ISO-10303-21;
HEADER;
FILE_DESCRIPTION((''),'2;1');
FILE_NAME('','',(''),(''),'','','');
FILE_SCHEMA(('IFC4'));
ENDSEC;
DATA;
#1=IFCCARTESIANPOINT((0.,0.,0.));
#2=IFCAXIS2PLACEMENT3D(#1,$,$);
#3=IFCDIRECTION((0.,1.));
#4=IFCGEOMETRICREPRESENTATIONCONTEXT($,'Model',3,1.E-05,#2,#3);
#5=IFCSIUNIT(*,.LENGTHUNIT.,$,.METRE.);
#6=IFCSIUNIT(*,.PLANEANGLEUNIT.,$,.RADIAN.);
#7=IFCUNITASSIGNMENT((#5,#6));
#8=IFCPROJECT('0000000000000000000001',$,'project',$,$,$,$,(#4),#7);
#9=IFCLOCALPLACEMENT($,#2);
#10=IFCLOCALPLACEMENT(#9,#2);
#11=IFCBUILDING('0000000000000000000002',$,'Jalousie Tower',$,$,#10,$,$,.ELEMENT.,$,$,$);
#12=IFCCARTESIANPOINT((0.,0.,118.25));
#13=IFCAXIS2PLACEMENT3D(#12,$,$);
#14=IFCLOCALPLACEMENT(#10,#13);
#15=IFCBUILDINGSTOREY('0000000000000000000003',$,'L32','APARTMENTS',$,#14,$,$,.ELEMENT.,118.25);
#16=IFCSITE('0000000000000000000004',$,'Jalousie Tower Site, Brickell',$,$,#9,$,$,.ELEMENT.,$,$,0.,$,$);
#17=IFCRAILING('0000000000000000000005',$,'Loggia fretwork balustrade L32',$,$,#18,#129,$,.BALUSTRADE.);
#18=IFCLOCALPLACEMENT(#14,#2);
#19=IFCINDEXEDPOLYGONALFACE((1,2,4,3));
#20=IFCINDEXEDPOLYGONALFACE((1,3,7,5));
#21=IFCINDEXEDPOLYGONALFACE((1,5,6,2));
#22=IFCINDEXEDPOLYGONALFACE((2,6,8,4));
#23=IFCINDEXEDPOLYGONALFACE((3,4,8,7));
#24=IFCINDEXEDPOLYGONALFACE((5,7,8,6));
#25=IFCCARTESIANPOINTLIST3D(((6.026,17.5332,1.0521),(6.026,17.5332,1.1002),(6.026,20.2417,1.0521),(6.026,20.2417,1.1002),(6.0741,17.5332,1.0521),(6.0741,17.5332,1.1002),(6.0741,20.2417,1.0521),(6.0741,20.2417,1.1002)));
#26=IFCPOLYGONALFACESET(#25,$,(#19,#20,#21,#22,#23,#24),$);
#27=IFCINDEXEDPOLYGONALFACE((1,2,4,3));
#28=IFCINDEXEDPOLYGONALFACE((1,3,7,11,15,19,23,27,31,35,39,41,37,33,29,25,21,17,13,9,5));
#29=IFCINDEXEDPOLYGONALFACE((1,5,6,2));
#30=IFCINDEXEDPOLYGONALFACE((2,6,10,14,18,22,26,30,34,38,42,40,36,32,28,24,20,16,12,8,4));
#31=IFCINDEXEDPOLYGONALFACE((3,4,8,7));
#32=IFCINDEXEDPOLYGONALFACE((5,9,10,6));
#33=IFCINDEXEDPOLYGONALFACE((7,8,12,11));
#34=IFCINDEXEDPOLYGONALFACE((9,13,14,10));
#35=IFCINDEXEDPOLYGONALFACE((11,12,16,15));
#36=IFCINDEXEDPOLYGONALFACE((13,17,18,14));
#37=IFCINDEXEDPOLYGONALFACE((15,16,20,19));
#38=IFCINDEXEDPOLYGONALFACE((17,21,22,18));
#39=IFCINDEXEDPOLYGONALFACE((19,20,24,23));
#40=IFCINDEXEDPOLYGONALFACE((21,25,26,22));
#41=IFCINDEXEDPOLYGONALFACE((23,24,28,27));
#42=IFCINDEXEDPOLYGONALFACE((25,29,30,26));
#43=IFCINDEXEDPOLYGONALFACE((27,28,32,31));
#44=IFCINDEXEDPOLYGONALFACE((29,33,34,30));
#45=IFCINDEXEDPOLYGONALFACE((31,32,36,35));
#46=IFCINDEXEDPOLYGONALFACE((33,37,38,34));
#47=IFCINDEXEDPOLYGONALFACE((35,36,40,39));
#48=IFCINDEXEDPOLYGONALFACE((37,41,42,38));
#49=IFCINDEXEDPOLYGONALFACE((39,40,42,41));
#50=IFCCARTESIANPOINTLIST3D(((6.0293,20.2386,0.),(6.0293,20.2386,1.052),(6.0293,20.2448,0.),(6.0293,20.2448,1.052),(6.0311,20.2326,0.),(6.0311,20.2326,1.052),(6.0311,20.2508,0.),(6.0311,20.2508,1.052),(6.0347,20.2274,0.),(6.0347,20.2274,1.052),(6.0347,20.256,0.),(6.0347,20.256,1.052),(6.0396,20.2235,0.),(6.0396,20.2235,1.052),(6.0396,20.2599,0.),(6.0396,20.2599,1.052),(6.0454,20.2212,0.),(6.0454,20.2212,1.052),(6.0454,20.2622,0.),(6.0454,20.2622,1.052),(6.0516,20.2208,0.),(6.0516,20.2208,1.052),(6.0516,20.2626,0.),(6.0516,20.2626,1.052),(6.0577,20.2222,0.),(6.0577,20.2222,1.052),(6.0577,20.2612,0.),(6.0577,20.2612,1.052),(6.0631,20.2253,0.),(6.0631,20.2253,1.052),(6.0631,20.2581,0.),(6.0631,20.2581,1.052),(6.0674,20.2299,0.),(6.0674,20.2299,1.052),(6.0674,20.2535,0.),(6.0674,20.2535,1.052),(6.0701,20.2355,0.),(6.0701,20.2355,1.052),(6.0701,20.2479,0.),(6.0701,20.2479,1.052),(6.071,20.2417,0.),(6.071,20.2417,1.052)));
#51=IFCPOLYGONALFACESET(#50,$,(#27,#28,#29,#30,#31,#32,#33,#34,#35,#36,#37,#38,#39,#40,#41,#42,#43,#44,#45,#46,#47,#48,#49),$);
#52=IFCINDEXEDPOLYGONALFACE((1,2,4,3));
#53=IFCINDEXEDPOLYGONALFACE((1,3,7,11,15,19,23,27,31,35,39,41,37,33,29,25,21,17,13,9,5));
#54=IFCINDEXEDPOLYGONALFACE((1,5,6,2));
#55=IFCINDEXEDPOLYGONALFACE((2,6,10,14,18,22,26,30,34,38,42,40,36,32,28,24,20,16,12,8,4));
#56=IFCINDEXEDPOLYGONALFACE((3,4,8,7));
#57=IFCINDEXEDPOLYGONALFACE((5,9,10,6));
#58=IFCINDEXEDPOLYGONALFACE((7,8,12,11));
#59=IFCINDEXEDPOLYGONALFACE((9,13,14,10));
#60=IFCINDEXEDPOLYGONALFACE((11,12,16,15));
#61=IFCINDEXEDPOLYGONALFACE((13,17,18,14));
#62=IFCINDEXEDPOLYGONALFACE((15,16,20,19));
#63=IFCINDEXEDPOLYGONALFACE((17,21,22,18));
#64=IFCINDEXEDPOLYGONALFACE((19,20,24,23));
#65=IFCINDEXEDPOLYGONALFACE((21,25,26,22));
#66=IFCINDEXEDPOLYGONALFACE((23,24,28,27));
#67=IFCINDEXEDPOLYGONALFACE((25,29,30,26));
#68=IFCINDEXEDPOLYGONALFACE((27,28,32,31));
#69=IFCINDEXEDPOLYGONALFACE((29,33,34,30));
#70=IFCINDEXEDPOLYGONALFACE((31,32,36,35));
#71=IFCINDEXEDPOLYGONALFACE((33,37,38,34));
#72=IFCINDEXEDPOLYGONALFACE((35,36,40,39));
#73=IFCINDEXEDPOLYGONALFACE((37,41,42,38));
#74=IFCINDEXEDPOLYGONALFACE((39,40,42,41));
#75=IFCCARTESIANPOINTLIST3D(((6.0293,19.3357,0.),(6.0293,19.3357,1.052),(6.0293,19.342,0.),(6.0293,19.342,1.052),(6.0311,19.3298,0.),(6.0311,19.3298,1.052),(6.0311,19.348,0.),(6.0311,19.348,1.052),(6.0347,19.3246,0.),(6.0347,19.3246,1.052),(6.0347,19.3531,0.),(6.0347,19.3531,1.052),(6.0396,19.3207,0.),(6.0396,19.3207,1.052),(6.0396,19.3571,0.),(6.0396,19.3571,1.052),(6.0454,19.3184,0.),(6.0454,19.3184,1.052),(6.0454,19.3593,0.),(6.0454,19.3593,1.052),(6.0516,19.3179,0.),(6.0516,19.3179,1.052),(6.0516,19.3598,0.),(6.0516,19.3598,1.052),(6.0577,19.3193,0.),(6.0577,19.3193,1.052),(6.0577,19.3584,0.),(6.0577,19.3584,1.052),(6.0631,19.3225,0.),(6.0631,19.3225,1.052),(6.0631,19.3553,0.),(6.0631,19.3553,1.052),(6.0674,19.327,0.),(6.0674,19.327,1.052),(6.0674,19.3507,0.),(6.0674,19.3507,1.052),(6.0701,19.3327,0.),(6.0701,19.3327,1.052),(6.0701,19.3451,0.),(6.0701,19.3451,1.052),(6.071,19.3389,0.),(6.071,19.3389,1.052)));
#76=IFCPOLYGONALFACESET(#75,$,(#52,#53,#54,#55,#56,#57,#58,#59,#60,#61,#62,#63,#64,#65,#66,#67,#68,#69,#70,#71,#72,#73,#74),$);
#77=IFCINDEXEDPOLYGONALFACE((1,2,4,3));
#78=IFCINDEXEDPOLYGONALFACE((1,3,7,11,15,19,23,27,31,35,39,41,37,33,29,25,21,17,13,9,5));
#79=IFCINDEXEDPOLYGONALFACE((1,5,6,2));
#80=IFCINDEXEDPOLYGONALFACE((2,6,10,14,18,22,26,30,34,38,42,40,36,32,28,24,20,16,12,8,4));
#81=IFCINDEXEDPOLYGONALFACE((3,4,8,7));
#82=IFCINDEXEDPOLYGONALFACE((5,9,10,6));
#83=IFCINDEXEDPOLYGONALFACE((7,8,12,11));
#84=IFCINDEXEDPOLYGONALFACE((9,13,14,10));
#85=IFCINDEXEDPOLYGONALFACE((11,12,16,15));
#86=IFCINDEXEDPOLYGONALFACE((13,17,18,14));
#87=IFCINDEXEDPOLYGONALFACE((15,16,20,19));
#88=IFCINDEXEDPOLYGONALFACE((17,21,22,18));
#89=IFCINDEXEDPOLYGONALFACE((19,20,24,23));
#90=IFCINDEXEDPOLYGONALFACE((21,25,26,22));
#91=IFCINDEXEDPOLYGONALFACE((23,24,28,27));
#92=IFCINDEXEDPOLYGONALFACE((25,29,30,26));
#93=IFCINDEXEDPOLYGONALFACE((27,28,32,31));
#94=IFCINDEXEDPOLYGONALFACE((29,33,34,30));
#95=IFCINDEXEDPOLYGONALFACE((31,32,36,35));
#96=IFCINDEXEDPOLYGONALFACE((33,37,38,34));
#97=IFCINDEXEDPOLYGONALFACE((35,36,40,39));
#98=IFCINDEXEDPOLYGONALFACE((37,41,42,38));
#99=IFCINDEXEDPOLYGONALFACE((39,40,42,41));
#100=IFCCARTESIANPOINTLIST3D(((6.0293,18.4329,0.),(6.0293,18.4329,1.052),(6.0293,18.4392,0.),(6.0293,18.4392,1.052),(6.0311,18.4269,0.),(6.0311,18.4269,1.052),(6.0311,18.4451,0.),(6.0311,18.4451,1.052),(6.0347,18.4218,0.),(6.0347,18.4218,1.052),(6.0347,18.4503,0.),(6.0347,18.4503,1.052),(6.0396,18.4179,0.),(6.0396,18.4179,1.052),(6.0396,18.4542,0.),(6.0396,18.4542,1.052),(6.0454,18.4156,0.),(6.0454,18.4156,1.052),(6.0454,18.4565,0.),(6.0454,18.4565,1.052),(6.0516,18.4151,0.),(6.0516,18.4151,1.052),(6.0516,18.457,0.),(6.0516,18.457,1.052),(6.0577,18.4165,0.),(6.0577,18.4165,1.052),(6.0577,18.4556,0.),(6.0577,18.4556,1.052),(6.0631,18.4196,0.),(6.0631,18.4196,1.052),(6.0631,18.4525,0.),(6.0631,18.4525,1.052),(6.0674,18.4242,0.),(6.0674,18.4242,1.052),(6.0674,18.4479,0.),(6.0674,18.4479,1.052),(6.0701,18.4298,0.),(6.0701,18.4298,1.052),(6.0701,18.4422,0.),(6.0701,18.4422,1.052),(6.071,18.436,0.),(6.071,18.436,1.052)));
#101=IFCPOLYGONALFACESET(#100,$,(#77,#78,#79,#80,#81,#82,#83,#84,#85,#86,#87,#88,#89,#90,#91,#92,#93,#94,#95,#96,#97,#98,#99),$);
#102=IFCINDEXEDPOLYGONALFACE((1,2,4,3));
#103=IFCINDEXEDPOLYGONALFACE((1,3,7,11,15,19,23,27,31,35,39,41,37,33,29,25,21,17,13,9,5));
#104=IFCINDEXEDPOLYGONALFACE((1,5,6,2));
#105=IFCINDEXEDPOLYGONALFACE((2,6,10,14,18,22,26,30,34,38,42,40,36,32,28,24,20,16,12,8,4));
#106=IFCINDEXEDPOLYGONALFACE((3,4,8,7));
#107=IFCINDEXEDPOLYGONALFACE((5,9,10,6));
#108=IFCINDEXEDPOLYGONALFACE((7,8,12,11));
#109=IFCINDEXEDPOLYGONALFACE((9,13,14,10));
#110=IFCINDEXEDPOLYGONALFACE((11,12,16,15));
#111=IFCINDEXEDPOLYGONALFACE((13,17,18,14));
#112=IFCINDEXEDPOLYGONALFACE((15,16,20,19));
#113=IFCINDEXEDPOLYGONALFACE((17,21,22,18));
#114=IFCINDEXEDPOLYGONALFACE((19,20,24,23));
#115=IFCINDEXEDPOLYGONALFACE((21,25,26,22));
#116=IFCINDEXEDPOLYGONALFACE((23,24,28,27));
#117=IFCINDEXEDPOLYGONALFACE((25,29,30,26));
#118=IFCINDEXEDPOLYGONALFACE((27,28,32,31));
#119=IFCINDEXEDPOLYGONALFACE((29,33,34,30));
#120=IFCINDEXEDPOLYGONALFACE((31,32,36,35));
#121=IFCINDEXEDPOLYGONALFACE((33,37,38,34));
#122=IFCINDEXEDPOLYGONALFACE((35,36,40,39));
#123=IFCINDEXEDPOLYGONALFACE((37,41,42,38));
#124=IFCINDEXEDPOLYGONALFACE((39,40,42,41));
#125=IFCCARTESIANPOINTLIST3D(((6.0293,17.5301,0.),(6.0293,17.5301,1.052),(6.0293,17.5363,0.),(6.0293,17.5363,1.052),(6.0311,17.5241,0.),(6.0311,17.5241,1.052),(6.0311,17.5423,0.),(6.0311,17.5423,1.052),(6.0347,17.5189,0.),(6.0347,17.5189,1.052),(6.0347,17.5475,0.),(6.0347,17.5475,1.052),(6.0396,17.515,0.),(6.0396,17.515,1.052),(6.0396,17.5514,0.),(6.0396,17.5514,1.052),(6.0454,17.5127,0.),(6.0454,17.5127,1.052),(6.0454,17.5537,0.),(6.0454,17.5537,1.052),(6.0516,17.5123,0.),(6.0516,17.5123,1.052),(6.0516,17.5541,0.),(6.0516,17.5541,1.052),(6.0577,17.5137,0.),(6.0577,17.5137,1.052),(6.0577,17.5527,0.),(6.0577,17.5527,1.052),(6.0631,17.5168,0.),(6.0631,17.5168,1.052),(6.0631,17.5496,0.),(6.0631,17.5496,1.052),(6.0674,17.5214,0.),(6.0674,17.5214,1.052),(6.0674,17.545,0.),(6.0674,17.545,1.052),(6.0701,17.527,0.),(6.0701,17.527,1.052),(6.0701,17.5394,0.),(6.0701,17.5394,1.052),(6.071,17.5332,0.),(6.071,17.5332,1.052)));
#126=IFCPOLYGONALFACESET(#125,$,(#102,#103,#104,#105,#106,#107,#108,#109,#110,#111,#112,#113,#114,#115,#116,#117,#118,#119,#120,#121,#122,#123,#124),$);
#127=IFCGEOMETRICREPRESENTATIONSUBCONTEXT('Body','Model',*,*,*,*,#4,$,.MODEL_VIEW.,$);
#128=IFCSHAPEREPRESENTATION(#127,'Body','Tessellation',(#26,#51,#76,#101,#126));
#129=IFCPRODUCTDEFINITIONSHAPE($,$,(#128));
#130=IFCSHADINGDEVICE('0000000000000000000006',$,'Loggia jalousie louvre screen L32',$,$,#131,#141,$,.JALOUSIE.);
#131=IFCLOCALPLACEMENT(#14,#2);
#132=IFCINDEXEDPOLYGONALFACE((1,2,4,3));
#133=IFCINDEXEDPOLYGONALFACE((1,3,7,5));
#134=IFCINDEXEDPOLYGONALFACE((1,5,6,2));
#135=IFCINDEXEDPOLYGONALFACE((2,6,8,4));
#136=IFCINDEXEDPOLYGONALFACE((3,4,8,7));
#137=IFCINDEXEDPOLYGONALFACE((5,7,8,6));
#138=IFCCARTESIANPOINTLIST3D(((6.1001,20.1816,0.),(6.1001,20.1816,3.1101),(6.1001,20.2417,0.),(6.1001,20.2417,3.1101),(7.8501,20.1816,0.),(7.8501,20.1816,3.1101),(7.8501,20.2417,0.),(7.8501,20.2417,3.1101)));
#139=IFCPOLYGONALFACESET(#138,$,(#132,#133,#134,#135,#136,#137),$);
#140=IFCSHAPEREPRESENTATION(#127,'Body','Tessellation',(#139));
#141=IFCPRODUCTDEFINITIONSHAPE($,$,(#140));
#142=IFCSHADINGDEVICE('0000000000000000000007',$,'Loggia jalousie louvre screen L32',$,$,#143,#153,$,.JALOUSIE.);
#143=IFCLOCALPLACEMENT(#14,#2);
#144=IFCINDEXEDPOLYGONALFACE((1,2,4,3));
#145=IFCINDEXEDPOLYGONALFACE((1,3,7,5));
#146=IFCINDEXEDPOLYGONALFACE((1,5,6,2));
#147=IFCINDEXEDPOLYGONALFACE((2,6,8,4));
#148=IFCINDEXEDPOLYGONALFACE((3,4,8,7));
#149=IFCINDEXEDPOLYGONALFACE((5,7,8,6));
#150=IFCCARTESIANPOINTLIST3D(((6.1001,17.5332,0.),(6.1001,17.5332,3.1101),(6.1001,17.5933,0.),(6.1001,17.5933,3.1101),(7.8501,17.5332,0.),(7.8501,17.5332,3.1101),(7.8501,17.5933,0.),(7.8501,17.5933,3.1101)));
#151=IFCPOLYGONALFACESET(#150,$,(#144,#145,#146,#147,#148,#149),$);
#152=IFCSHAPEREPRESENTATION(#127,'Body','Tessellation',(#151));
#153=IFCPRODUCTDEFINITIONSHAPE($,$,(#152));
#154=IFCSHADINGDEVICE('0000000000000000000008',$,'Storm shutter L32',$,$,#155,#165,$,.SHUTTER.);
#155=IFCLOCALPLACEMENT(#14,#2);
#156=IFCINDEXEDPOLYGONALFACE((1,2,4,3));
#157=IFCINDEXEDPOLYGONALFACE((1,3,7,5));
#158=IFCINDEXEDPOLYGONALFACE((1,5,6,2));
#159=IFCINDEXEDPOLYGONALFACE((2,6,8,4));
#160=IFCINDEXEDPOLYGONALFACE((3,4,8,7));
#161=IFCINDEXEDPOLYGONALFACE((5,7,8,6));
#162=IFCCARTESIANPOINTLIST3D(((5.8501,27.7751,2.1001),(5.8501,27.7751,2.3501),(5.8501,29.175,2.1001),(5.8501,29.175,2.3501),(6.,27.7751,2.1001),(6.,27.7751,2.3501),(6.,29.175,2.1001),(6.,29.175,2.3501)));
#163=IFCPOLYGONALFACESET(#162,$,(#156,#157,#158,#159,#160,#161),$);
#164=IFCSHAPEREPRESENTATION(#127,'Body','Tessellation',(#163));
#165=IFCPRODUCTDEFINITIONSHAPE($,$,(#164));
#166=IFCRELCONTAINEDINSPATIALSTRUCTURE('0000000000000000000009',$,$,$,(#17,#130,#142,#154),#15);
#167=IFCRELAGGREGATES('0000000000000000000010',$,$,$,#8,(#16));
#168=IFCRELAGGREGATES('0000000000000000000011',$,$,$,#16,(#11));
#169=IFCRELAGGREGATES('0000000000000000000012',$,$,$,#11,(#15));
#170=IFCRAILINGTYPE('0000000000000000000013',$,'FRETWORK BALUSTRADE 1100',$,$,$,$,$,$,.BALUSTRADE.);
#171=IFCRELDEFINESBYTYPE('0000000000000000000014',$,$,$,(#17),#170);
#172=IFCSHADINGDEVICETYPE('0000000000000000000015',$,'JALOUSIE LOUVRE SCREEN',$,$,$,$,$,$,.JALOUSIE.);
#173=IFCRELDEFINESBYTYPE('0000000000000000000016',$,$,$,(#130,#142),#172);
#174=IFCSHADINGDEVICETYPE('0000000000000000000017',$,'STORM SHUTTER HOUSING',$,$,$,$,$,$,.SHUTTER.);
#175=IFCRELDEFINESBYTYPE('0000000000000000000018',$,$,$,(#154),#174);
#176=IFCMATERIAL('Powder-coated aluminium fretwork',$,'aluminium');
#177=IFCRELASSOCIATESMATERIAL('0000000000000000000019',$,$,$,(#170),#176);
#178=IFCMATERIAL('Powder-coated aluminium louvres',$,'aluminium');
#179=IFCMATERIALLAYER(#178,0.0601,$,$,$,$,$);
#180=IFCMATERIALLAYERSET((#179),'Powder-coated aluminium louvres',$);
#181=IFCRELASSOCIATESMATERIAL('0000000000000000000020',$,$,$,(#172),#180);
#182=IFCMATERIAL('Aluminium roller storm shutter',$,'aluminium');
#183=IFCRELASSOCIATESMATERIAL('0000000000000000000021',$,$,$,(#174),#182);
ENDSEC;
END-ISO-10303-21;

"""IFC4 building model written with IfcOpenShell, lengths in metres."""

from ifc_helpers import new_model, si_unit, direction, frame, origin, origin_2d, place, context, subcontext, project, spatial, rectangle, circle, extrude, material, layer, layer_set, type_object, element, save


model = new_model("IFC4")

# Units and contexts
model_context = context("Model", 3, precision=1e-05, world=origin(), true_north=direction((0.0, 1.0)))
body_context = subcontext(model_context, "Body", "Model", "MODEL_VIEW")
ifc_project = project(units=[si_unit("LENGTHUNIT", "METRE"), si_unit("PLANEANGLEUNIT", "RADIAN")], contexts=[model_context])

# Site, building, storey
site_placement = place(None, origin())
site = spatial("IfcSite", under=ifc_project, at=site_placement, Name="Jalousie Tower Site, Brickell", CompositionType="ELEMENT", RefElevation=0.0)
building_placement = place(site_placement, origin())
building = spatial("IfcBuilding", under=site, at=building_placement, Name="Jalousie Tower", CompositionType="ELEMENT")
storey_placement = place(building_placement, frame((0.0, 0.0, 118.25)))
storey = spatial("IfcBuildingStorey", under=building, at=storey_placement, Name="L32", Description="APARTMENTS", CompositionType="ELEMENT", Elevation=118.25)

# Railing
ifc_material_1 = material(Name="Powder-coated aluminium fretwork", Category="aluminium")
railing_type = type_object("IfcRailingType", Name="FRETWORK BALUSTRADE 1100", PredefinedType="BALUSTRADE", material=ifc_material_1)
railing_placement = place(storey_placement, frame((6.05, 20.2417, 0.0)))
element("IfcRailing", 1, at=railing_placement, inside=storey, type_object=railing_type, Name="Loggia fretwork balustrade L32", PredefinedType="BALUSTRADE", context=body_context, shape_type="SweptSolid", body=[
    extrude(rectangle(XDim=0.0481, YDim=0.0481, at=origin_2d()), frame((0.0, 0.0, 1.0762), z_axis=(0.0, -1.0, 0.0), x_axis=(1.0, 0.0, 0.0)), (0.0, 0.0, 1.0), 2.7085),
    extrude(circle(Radius=0.021, at=origin_2d()), origin(), (0.0, 0.0, 1.0), 1.052),
    extrude(circle(Radius=0.021, at=origin_2d()), frame((0.0, -0.9028, 0.0)), (0.0, 0.0, 1.0), 1.052),
    extrude(circle(Radius=0.021, at=origin_2d()), frame((0.0, -1.8057, 0.0)), (0.0, 0.0, 1.0), 1.052),
    extrude(circle(Radius=0.021, at=origin_2d()), frame((0.0, -2.7085, 0.0)), (0.0, 0.0, 1.0), 1.052),
])

# Shading devices
ifc_material_2 = material(Name="Powder-coated aluminium louvres", Category="aluminium")
ifc_layer_1 = layer(ifc_material_2, 0.0601)
ifc_layer_set_1 = layer_set([ifc_layer_1], Name="Powder-coated aluminium louvres")
shading_device_type_1 = type_object("IfcShadingDeviceType", Name="JALOUSIE LOUVRE SCREEN", PredefinedType="JALOUSIE", material=ifc_layer_set_1)
for number, where, z_axis, x_axis, name in (
    (2, (6.9751, 20.2117, 0.0), (0.0, 0.0, 1.0), (0.0, -1.0, 0.0), "Loggia jalousie louvre screen L32"),
    (3, (6.9751, 17.5632, 0.0), (0.0, 0.0, 1.0), (0.0, -1.0, 0.0), "Loggia jalousie louvre screen L32"),
):
    element("IfcShadingDevice", number, at=place(storey_placement, frame(where, z_axis=z_axis, x_axis=x_axis)), inside=storey, type_object=shading_device_type_1, Name=name, PredefinedType="JALOUSIE", context=body_context, shape_type="SweptSolid", body=[
        extrude(rectangle(XDim=0.0601, YDim=1.75, at=origin_2d()), origin(), (0.0, 0.0, 1.0), 3.1101),
    ])
ifc_material_3 = material(Name="Aluminium roller storm shutter", Category="aluminium")
shading_device_type_2 = type_object("IfcShadingDeviceType", Name="STORM SHUTTER HOUSING", PredefinedType="SHUTTER", material=ifc_material_3)
shading_device_placement = place(storey_placement, frame((5.925, 28.4751, 2.1001), z_axis=(0.0, 0.0, 1.0), x_axis=(0.0, -1.0, 0.0)))
element("IfcShadingDevice", 4, at=shading_device_placement, inside=storey, type_object=shading_device_type_2, Name="Storm shutter L32", PredefinedType="SHUTTER", context=body_context, shape_type="SweptSolid", body=[
    extrude(rectangle(XDim=1.3999, YDim=0.1499, at=origin_2d()), origin(), (0.0, 0.0, 1.0), 0.25),
])

save(model, "model.ifc")
